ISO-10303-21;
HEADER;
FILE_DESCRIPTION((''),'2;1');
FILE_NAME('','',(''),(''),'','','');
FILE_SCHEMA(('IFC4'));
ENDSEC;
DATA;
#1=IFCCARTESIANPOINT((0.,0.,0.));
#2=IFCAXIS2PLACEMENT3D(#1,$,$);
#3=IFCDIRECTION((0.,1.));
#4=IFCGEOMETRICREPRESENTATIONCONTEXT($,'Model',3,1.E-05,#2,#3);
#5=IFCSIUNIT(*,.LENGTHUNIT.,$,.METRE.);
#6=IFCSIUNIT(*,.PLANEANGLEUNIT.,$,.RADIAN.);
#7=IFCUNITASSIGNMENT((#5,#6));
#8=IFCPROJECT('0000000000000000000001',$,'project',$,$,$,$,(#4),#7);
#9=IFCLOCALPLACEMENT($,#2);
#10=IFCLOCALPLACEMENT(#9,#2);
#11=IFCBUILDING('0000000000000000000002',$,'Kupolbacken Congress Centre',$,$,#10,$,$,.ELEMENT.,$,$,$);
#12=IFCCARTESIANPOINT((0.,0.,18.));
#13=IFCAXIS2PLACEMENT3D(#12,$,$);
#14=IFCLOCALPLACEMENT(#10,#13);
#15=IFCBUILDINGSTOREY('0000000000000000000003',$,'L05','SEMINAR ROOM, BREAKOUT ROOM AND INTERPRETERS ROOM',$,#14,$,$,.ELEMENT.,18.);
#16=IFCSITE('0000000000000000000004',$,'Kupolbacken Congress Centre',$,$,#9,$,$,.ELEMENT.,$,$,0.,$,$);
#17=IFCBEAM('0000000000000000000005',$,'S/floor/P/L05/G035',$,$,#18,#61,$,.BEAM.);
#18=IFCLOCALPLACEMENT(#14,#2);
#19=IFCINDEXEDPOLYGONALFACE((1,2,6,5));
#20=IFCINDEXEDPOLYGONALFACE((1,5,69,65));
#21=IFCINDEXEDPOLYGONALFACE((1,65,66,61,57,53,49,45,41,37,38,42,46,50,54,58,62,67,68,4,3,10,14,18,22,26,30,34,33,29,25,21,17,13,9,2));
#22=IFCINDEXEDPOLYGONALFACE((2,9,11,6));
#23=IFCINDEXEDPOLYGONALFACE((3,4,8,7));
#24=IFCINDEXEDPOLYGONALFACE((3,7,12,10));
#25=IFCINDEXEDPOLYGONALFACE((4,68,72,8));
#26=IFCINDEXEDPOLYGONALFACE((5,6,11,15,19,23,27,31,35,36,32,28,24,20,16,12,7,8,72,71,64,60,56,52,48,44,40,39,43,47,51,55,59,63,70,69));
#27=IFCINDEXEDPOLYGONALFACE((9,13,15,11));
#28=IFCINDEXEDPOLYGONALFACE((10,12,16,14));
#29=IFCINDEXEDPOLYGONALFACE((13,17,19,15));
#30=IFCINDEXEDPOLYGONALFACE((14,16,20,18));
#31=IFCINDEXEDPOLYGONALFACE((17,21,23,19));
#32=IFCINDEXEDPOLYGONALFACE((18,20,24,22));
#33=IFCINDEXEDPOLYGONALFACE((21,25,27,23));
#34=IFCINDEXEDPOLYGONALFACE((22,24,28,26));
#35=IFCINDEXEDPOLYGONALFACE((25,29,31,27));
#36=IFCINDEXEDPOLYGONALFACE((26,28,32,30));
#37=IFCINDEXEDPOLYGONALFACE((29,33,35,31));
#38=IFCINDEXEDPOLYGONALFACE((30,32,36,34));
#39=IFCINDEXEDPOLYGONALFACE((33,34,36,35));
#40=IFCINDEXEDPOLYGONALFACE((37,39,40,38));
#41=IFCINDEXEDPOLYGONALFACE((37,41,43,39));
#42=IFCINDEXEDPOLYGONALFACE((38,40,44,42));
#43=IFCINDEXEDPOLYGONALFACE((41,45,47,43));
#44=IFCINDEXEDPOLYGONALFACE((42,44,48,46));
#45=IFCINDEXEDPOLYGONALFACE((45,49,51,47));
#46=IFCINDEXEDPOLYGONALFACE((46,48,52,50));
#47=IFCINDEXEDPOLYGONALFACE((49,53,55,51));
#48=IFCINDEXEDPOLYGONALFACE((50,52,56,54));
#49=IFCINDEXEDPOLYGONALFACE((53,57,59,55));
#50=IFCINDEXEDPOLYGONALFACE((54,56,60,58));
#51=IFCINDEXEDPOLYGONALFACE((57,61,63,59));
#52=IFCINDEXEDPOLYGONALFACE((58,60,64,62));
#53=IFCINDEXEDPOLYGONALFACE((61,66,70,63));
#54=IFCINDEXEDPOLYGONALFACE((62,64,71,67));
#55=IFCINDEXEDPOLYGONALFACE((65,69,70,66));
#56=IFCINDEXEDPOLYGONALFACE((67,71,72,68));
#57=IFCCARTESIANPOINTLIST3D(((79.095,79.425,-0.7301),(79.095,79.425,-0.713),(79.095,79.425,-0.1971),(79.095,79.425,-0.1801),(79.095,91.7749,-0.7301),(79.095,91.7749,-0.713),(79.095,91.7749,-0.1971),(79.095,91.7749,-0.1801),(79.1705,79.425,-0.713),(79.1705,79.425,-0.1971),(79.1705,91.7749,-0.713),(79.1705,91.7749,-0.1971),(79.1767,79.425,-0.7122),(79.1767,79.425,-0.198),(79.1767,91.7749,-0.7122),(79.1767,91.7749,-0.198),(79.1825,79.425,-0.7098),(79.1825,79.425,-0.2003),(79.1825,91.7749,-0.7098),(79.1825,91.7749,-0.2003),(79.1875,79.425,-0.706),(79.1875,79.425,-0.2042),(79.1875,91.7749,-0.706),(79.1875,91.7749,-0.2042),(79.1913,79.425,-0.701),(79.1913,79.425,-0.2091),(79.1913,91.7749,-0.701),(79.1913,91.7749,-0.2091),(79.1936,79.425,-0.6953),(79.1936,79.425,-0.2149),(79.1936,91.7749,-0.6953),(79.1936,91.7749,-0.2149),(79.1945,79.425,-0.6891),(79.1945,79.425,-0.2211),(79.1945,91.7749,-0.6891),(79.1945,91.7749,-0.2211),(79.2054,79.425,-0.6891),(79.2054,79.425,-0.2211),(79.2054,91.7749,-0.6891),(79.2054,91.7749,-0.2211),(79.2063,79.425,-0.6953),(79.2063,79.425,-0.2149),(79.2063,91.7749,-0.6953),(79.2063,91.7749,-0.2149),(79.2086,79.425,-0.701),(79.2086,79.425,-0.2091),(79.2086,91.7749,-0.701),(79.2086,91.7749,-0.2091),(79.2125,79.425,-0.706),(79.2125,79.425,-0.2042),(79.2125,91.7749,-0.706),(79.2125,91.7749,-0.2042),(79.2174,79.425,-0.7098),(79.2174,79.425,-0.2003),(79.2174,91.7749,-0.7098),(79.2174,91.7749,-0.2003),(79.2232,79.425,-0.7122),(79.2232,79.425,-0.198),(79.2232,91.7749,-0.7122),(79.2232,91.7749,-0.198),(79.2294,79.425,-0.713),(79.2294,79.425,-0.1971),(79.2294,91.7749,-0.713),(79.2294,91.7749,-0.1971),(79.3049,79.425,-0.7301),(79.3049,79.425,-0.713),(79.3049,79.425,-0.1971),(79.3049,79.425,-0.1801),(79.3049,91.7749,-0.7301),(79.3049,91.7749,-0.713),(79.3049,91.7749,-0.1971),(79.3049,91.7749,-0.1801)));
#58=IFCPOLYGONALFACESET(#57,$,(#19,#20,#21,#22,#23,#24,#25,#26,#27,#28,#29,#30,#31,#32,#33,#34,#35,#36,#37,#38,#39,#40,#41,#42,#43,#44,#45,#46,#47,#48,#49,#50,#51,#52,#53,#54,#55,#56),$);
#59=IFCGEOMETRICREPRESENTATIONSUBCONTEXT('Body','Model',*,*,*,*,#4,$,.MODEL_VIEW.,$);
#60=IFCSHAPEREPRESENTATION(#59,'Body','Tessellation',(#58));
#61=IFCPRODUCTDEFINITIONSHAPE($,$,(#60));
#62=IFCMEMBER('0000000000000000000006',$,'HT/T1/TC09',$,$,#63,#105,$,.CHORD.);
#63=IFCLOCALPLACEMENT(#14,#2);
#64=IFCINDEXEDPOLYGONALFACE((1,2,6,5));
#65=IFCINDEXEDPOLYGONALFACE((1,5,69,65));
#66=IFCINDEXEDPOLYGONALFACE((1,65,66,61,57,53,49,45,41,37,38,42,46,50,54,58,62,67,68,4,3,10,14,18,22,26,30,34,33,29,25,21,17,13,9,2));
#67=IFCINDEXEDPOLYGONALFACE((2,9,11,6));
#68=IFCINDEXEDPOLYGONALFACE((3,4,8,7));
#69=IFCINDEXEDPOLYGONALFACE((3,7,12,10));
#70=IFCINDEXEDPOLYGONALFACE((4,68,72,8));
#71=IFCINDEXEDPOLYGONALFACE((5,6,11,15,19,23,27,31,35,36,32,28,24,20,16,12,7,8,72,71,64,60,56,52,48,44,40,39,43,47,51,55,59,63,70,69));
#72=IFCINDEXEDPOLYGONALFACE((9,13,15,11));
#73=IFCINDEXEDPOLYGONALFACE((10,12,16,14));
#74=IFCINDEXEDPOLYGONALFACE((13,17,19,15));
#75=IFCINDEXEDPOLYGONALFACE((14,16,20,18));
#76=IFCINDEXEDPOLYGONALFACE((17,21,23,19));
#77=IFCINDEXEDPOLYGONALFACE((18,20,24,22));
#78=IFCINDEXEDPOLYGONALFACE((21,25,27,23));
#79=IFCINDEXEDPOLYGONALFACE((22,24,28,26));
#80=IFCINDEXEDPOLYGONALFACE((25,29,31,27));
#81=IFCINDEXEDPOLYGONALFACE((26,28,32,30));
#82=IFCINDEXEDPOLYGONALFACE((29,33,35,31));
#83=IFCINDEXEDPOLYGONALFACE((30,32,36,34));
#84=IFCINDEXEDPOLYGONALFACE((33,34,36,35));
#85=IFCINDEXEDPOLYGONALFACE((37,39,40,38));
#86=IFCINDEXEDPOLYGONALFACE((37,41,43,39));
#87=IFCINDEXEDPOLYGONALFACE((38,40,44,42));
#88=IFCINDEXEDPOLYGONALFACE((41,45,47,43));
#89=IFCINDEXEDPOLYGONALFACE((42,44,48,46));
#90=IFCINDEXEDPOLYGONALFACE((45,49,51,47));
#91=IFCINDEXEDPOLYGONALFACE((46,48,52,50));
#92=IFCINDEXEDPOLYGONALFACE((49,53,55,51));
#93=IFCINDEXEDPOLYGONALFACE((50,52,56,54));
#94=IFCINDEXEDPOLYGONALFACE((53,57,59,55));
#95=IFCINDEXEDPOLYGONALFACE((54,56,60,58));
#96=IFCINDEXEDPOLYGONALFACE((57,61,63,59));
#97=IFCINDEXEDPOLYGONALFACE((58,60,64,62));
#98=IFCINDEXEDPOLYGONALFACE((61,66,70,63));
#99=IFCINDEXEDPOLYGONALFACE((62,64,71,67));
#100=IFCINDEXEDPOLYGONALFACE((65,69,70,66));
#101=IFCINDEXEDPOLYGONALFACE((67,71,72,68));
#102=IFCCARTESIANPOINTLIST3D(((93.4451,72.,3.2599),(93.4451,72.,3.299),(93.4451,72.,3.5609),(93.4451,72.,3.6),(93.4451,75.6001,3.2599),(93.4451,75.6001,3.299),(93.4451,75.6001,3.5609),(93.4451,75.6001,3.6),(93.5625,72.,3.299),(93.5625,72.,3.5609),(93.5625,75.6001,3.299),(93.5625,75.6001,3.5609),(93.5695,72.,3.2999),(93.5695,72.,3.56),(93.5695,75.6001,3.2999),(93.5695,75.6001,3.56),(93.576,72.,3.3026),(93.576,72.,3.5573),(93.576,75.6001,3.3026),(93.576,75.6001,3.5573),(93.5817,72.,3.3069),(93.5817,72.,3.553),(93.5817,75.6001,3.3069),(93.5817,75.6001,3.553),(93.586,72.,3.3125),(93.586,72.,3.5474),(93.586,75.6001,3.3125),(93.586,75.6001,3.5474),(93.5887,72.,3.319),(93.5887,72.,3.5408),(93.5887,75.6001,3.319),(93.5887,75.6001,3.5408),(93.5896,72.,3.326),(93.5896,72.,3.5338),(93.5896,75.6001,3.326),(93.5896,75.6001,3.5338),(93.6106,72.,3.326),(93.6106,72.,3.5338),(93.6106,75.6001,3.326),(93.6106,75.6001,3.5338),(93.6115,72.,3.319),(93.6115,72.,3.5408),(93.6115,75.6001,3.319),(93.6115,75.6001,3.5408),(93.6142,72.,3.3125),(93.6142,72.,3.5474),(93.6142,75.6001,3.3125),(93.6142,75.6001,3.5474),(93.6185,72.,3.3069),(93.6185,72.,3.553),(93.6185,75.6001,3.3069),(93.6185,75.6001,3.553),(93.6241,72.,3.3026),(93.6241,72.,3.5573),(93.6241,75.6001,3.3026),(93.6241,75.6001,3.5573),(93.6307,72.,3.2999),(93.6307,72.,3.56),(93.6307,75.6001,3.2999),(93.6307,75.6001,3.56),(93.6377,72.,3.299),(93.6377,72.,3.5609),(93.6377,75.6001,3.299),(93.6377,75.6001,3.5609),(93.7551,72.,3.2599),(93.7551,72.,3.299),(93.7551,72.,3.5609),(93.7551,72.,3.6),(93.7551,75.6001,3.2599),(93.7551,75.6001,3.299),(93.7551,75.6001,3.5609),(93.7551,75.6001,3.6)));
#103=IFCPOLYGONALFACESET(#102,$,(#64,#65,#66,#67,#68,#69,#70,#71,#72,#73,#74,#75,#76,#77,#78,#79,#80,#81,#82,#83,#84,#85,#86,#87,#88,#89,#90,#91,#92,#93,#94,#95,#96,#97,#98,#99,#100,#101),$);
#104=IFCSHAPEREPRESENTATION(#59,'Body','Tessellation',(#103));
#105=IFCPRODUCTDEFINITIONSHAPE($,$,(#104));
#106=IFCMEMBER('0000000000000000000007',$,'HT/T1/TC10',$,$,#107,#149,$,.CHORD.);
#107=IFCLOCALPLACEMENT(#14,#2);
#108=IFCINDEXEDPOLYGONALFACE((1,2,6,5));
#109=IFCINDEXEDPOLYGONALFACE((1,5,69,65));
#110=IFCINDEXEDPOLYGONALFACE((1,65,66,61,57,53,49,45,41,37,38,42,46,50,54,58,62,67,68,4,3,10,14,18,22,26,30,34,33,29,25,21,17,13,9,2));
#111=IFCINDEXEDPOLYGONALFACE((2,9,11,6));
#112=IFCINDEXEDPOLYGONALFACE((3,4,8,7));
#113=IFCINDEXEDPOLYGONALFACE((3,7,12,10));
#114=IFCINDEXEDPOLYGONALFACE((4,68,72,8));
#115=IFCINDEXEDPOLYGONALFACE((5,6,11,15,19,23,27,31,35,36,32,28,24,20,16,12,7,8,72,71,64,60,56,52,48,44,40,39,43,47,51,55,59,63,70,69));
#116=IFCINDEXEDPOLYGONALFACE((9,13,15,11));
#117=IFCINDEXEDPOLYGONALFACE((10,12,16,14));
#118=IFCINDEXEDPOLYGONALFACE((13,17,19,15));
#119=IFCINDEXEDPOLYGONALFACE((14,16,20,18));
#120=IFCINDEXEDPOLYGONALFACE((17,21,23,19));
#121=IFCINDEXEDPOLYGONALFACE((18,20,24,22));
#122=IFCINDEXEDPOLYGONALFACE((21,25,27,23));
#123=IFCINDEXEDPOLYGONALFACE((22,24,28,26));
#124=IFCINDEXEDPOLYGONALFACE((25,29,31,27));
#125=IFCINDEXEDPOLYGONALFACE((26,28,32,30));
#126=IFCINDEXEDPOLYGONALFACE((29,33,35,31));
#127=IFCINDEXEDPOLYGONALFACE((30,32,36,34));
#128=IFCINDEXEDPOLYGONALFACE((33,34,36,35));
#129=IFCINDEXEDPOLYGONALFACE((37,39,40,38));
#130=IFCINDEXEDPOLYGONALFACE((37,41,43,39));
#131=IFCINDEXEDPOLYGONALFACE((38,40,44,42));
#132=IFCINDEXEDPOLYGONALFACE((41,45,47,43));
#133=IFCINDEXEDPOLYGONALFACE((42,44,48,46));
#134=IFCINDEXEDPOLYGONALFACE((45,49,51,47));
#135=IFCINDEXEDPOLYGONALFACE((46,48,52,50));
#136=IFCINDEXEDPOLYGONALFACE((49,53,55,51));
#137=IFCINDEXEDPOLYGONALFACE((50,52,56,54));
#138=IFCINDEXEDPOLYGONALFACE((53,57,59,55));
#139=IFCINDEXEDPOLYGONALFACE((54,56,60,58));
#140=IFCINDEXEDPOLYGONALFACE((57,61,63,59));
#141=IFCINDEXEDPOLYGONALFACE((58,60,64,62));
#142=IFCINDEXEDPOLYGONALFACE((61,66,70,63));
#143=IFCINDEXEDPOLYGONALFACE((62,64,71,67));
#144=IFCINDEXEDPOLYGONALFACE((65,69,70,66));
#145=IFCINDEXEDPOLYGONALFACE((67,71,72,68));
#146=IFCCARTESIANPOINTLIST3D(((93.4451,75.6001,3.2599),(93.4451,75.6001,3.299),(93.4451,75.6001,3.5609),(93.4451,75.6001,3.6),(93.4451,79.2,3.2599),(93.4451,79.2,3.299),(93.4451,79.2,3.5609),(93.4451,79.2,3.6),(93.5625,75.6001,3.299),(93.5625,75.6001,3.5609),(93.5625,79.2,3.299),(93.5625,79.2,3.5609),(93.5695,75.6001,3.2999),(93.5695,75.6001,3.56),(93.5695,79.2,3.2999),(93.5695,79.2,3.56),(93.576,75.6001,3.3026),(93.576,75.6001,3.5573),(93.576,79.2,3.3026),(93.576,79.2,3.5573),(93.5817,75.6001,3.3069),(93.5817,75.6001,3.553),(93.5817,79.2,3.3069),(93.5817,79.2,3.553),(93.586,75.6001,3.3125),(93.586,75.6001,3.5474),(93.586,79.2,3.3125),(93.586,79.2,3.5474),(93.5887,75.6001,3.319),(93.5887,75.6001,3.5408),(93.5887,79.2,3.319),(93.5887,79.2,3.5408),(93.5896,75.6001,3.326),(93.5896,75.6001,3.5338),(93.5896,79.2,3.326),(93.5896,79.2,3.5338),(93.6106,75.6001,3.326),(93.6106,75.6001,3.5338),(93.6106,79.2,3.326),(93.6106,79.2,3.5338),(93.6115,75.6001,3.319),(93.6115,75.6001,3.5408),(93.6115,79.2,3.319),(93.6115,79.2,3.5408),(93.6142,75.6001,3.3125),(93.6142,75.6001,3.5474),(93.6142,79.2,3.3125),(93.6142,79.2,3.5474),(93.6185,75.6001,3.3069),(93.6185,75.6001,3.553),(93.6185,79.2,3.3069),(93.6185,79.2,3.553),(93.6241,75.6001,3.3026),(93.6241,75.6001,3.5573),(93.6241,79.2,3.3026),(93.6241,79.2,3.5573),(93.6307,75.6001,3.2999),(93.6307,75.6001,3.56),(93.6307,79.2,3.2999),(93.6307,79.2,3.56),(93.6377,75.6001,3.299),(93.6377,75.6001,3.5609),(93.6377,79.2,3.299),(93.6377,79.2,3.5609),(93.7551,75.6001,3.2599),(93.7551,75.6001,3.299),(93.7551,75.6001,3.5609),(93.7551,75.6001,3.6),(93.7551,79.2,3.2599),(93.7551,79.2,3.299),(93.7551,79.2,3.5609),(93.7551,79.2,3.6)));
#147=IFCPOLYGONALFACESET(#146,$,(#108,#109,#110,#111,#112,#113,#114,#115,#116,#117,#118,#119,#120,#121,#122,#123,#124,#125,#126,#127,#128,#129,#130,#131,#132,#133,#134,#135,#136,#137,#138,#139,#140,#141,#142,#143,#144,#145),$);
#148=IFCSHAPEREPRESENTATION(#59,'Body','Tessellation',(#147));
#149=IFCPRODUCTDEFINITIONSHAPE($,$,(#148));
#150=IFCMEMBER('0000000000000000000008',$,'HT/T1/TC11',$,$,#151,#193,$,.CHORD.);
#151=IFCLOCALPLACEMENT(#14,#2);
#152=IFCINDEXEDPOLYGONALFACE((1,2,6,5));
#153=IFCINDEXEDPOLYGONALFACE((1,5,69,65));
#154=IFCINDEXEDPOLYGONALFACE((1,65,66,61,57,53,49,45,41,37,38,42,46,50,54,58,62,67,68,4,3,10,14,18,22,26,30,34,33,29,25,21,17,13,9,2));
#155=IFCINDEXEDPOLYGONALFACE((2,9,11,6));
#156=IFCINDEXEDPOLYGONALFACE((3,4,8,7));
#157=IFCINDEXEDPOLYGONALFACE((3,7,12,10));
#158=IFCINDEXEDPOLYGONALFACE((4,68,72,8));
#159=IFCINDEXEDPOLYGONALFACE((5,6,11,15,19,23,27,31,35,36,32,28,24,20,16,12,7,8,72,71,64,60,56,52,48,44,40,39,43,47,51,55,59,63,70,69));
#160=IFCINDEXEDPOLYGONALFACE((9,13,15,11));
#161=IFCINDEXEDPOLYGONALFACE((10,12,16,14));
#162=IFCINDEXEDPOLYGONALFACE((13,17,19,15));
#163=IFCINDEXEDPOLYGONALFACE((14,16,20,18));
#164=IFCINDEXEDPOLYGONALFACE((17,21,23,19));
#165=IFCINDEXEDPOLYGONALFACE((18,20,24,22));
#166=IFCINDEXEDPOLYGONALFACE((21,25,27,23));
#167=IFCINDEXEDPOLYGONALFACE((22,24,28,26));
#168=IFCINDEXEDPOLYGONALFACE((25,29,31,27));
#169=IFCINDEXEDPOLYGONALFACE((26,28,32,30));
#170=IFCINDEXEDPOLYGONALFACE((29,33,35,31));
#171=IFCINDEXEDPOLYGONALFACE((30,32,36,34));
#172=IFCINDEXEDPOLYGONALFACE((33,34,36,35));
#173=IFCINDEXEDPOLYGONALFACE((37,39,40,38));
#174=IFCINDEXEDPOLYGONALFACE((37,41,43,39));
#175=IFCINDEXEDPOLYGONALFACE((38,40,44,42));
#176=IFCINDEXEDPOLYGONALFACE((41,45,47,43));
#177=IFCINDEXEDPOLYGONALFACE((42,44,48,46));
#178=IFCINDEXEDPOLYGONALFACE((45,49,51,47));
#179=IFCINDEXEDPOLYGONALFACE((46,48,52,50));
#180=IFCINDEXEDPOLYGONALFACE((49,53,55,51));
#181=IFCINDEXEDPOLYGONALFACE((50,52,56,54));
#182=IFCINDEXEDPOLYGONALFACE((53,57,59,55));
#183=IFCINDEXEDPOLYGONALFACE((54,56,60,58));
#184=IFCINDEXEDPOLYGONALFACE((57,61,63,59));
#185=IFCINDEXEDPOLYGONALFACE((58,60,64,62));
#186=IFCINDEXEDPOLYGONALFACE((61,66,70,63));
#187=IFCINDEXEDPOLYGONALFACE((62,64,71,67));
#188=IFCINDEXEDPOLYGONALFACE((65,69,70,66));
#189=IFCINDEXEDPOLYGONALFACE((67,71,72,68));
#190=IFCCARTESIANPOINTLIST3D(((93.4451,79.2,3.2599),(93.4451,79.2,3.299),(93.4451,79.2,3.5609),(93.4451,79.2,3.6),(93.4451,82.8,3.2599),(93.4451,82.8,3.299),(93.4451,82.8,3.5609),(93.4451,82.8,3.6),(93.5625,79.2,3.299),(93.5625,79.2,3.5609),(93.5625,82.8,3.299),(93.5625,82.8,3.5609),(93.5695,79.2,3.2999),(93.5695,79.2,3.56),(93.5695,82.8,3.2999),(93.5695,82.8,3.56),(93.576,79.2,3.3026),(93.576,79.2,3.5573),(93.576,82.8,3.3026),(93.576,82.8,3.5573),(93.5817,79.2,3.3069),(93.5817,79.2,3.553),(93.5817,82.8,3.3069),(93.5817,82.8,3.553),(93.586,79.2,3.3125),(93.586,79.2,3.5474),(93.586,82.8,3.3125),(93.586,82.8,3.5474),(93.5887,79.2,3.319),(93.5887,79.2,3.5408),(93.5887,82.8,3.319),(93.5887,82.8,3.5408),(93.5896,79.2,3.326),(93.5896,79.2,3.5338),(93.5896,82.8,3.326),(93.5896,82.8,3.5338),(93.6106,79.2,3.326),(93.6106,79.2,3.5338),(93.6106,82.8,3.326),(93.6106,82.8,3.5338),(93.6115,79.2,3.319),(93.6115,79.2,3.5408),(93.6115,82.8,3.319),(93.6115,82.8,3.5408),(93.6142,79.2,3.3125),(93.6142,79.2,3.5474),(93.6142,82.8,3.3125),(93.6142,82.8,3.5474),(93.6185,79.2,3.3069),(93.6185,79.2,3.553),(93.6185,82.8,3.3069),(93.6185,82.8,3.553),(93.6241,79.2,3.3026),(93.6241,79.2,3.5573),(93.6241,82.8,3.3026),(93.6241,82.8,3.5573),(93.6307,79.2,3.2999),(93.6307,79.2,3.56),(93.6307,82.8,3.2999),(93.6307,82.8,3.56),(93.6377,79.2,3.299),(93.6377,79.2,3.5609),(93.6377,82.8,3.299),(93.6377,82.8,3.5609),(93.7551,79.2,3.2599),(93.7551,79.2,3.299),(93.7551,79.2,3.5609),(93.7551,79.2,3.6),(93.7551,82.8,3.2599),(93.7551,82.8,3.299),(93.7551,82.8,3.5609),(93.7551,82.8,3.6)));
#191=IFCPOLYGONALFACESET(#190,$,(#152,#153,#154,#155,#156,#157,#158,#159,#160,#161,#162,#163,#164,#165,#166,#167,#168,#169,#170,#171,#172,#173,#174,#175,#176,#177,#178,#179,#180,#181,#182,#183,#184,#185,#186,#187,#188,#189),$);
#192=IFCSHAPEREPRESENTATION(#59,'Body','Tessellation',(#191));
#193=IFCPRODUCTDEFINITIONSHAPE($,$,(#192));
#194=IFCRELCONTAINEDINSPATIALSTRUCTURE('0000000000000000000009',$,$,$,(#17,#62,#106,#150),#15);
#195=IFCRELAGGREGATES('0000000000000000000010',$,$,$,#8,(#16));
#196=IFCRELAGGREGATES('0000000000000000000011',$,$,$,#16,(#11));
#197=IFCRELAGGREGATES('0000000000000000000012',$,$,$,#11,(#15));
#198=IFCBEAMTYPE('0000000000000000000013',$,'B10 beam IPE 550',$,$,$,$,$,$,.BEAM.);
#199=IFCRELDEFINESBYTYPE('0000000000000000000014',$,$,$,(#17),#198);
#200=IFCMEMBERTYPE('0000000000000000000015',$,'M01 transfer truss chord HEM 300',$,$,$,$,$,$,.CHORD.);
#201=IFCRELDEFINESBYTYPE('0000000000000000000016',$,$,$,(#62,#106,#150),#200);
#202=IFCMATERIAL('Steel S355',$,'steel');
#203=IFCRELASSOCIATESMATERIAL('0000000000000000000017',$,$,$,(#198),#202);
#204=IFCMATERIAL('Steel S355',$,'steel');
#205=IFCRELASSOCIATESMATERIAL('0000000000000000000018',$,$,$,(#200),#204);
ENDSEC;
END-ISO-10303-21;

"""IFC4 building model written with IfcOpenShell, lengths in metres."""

from ifc_helpers import new_model, si_unit, direction, frame, origin, origin_2d, place, context, subcontext, project, spatial, i_section, extrude, material, material_profile, profile_set, type_object, element, save


model = new_model("IFC4")

# Units and contexts
model_context = context("Model", 3, precision=1e-05, world=origin(), true_north=direction((0.0, 1.0)))
body_context = subcontext(model_context, "Body", "Model", "MODEL_VIEW")
ifc_project = project(units=[si_unit("LENGTHUNIT", "METRE"), si_unit("PLANEANGLEUNIT", "RADIAN")], contexts=[model_context])

# Site, building, storey
site_placement = place(None, origin())
site = spatial("IfcSite", under=ifc_project, at=site_placement, Name="Kupolbacken Congress Centre", CompositionType="ELEMENT", RefElevation=0.0)
building_placement = place(site_placement, origin())
building = spatial("IfcBuilding", under=site, at=building_placement, Name="Kupolbacken Congress Centre", CompositionType="ELEMENT")
storey_placement = place(building_placement, frame((0.0, 0.0, 18.0)))
storey = spatial("IfcBuildingStorey", under=building, at=storey_placement, Name="L05", Description="SEMINAR ROOM, BREAKOUT ROOM AND INTERPRETERS ROOM", CompositionType="ELEMENT", Elevation=18.0)

# Beam
ifc_material_1 = material(Name="Steel S355", Category="steel")
ifc_material_profile_1 = material_profile(ifc_material_1, i_section(OverallWidth=0.21, OverallDepth=0.55, WebThickness=0.011, FlangeThickness=0.0171, FilletRadius=0.0239, at=origin_2d()), Name="IPE 550")
ifc_profile_set_1 = profile_set([ifc_material_profile_1], Name="Steel S355")
beam_type_1 = type_object("IfcBeamType", Name="B10 beam IPE 550", PredefinedType="BEAM", material=ifc_profile_set_1)
beam_1_placement = place(storey_placement, frame((79.2, 79.425, -0.4551), z_axis=(0.0, 1.0, 0.0), x_axis=(-1.0, 0.0, 0.0)))
element("IfcBeam", 1, at=beam_1_placement, inside=storey, type_object=beam_type_1, Name="S/floor/P/L05/G035", PredefinedType="BEAM", context=body_context, shape_type="SweptSolid", body=[
    extrude(i_section(OverallWidth=0.21, OverallDepth=0.55, WebThickness=0.011, FlangeThickness=0.0171, FilletRadius=0.0239, at=origin_2d()), origin(), (0.0, 0.0, 1.0), 12.3499),
])

# Members
ifc_material_2 = material(Name="Steel S355", Category="steel")
ifc_material_profile_2 = material_profile(ifc_material_2, i_section(OverallWidth=0.3101, OverallDepth=0.3401, WebThickness=0.021, FlangeThickness=0.0391, FilletRadius=0.0271, at=origin_2d()), Name="HEM 300")
ifc_profile_set_2 = profile_set([ifc_material_profile_2], Name="Steel S355")
member_type_1 = type_object("IfcMemberType", Name="M01 transfer truss chord HEM 300", PredefinedType="CHORD", material=ifc_profile_set_2)
member_1_placement = place(storey_placement, frame((93.6001, 72.0, 3.4299), z_axis=(0.0, 1.0, 0.0), x_axis=(-1.0, 0.0, 0.0)))
element("IfcMember", 2, at=member_1_placement, inside=storey, type_object=member_type_1, Name="HT/T1/TC09", PredefinedType="CHORD", context=body_context, shape_type="SweptSolid", body=[
    extrude(i_section(OverallWidth=0.3101, OverallDepth=0.3401, WebThickness=0.021, FlangeThickness=0.0391, FilletRadius=0.0271, at=origin_2d()), origin(), (0.0, 0.0, 1.0), 3.6001),
])
member_2_placement = place(storey_placement, frame((93.6001, 75.6001, 3.4299), z_axis=(0.0, 1.0, 0.0), x_axis=(-1.0, 0.0, 0.0)))
element("IfcMember", 3, at=member_2_placement, inside=storey, type_object=member_type_1, Name="HT/T1/TC10", PredefinedType="CHORD", context=body_context, shape_type="SweptSolid", body=[
    extrude(i_section(OverallWidth=0.3101, OverallDepth=0.3401, WebThickness=0.021, FlangeThickness=0.0391, FilletRadius=0.0271, at=origin_2d()), origin(), (0.0, 0.0, 1.0), 3.5999),
])
member_3_placement = place(storey_placement, frame((93.6001, 79.2, 3.4299), z_axis=(0.0, 1.0, 0.0), x_axis=(-1.0, 0.0, 0.0)))
element("IfcMember", 4, at=member_3_placement, inside=storey, type_object=member_type_1, Name="HT/T1/TC11", PredefinedType="CHORD", context=body_context, shape_type="SweptSolid", body=[
    extrude(i_section(OverallWidth=0.3101, OverallDepth=0.3401, WebThickness=0.021, FlangeThickness=0.0391, FilletRadius=0.0271, at=origin_2d()), origin(), (0.0, 0.0, 1.0), 3.6001),
])

save(model, "model.ifc")
